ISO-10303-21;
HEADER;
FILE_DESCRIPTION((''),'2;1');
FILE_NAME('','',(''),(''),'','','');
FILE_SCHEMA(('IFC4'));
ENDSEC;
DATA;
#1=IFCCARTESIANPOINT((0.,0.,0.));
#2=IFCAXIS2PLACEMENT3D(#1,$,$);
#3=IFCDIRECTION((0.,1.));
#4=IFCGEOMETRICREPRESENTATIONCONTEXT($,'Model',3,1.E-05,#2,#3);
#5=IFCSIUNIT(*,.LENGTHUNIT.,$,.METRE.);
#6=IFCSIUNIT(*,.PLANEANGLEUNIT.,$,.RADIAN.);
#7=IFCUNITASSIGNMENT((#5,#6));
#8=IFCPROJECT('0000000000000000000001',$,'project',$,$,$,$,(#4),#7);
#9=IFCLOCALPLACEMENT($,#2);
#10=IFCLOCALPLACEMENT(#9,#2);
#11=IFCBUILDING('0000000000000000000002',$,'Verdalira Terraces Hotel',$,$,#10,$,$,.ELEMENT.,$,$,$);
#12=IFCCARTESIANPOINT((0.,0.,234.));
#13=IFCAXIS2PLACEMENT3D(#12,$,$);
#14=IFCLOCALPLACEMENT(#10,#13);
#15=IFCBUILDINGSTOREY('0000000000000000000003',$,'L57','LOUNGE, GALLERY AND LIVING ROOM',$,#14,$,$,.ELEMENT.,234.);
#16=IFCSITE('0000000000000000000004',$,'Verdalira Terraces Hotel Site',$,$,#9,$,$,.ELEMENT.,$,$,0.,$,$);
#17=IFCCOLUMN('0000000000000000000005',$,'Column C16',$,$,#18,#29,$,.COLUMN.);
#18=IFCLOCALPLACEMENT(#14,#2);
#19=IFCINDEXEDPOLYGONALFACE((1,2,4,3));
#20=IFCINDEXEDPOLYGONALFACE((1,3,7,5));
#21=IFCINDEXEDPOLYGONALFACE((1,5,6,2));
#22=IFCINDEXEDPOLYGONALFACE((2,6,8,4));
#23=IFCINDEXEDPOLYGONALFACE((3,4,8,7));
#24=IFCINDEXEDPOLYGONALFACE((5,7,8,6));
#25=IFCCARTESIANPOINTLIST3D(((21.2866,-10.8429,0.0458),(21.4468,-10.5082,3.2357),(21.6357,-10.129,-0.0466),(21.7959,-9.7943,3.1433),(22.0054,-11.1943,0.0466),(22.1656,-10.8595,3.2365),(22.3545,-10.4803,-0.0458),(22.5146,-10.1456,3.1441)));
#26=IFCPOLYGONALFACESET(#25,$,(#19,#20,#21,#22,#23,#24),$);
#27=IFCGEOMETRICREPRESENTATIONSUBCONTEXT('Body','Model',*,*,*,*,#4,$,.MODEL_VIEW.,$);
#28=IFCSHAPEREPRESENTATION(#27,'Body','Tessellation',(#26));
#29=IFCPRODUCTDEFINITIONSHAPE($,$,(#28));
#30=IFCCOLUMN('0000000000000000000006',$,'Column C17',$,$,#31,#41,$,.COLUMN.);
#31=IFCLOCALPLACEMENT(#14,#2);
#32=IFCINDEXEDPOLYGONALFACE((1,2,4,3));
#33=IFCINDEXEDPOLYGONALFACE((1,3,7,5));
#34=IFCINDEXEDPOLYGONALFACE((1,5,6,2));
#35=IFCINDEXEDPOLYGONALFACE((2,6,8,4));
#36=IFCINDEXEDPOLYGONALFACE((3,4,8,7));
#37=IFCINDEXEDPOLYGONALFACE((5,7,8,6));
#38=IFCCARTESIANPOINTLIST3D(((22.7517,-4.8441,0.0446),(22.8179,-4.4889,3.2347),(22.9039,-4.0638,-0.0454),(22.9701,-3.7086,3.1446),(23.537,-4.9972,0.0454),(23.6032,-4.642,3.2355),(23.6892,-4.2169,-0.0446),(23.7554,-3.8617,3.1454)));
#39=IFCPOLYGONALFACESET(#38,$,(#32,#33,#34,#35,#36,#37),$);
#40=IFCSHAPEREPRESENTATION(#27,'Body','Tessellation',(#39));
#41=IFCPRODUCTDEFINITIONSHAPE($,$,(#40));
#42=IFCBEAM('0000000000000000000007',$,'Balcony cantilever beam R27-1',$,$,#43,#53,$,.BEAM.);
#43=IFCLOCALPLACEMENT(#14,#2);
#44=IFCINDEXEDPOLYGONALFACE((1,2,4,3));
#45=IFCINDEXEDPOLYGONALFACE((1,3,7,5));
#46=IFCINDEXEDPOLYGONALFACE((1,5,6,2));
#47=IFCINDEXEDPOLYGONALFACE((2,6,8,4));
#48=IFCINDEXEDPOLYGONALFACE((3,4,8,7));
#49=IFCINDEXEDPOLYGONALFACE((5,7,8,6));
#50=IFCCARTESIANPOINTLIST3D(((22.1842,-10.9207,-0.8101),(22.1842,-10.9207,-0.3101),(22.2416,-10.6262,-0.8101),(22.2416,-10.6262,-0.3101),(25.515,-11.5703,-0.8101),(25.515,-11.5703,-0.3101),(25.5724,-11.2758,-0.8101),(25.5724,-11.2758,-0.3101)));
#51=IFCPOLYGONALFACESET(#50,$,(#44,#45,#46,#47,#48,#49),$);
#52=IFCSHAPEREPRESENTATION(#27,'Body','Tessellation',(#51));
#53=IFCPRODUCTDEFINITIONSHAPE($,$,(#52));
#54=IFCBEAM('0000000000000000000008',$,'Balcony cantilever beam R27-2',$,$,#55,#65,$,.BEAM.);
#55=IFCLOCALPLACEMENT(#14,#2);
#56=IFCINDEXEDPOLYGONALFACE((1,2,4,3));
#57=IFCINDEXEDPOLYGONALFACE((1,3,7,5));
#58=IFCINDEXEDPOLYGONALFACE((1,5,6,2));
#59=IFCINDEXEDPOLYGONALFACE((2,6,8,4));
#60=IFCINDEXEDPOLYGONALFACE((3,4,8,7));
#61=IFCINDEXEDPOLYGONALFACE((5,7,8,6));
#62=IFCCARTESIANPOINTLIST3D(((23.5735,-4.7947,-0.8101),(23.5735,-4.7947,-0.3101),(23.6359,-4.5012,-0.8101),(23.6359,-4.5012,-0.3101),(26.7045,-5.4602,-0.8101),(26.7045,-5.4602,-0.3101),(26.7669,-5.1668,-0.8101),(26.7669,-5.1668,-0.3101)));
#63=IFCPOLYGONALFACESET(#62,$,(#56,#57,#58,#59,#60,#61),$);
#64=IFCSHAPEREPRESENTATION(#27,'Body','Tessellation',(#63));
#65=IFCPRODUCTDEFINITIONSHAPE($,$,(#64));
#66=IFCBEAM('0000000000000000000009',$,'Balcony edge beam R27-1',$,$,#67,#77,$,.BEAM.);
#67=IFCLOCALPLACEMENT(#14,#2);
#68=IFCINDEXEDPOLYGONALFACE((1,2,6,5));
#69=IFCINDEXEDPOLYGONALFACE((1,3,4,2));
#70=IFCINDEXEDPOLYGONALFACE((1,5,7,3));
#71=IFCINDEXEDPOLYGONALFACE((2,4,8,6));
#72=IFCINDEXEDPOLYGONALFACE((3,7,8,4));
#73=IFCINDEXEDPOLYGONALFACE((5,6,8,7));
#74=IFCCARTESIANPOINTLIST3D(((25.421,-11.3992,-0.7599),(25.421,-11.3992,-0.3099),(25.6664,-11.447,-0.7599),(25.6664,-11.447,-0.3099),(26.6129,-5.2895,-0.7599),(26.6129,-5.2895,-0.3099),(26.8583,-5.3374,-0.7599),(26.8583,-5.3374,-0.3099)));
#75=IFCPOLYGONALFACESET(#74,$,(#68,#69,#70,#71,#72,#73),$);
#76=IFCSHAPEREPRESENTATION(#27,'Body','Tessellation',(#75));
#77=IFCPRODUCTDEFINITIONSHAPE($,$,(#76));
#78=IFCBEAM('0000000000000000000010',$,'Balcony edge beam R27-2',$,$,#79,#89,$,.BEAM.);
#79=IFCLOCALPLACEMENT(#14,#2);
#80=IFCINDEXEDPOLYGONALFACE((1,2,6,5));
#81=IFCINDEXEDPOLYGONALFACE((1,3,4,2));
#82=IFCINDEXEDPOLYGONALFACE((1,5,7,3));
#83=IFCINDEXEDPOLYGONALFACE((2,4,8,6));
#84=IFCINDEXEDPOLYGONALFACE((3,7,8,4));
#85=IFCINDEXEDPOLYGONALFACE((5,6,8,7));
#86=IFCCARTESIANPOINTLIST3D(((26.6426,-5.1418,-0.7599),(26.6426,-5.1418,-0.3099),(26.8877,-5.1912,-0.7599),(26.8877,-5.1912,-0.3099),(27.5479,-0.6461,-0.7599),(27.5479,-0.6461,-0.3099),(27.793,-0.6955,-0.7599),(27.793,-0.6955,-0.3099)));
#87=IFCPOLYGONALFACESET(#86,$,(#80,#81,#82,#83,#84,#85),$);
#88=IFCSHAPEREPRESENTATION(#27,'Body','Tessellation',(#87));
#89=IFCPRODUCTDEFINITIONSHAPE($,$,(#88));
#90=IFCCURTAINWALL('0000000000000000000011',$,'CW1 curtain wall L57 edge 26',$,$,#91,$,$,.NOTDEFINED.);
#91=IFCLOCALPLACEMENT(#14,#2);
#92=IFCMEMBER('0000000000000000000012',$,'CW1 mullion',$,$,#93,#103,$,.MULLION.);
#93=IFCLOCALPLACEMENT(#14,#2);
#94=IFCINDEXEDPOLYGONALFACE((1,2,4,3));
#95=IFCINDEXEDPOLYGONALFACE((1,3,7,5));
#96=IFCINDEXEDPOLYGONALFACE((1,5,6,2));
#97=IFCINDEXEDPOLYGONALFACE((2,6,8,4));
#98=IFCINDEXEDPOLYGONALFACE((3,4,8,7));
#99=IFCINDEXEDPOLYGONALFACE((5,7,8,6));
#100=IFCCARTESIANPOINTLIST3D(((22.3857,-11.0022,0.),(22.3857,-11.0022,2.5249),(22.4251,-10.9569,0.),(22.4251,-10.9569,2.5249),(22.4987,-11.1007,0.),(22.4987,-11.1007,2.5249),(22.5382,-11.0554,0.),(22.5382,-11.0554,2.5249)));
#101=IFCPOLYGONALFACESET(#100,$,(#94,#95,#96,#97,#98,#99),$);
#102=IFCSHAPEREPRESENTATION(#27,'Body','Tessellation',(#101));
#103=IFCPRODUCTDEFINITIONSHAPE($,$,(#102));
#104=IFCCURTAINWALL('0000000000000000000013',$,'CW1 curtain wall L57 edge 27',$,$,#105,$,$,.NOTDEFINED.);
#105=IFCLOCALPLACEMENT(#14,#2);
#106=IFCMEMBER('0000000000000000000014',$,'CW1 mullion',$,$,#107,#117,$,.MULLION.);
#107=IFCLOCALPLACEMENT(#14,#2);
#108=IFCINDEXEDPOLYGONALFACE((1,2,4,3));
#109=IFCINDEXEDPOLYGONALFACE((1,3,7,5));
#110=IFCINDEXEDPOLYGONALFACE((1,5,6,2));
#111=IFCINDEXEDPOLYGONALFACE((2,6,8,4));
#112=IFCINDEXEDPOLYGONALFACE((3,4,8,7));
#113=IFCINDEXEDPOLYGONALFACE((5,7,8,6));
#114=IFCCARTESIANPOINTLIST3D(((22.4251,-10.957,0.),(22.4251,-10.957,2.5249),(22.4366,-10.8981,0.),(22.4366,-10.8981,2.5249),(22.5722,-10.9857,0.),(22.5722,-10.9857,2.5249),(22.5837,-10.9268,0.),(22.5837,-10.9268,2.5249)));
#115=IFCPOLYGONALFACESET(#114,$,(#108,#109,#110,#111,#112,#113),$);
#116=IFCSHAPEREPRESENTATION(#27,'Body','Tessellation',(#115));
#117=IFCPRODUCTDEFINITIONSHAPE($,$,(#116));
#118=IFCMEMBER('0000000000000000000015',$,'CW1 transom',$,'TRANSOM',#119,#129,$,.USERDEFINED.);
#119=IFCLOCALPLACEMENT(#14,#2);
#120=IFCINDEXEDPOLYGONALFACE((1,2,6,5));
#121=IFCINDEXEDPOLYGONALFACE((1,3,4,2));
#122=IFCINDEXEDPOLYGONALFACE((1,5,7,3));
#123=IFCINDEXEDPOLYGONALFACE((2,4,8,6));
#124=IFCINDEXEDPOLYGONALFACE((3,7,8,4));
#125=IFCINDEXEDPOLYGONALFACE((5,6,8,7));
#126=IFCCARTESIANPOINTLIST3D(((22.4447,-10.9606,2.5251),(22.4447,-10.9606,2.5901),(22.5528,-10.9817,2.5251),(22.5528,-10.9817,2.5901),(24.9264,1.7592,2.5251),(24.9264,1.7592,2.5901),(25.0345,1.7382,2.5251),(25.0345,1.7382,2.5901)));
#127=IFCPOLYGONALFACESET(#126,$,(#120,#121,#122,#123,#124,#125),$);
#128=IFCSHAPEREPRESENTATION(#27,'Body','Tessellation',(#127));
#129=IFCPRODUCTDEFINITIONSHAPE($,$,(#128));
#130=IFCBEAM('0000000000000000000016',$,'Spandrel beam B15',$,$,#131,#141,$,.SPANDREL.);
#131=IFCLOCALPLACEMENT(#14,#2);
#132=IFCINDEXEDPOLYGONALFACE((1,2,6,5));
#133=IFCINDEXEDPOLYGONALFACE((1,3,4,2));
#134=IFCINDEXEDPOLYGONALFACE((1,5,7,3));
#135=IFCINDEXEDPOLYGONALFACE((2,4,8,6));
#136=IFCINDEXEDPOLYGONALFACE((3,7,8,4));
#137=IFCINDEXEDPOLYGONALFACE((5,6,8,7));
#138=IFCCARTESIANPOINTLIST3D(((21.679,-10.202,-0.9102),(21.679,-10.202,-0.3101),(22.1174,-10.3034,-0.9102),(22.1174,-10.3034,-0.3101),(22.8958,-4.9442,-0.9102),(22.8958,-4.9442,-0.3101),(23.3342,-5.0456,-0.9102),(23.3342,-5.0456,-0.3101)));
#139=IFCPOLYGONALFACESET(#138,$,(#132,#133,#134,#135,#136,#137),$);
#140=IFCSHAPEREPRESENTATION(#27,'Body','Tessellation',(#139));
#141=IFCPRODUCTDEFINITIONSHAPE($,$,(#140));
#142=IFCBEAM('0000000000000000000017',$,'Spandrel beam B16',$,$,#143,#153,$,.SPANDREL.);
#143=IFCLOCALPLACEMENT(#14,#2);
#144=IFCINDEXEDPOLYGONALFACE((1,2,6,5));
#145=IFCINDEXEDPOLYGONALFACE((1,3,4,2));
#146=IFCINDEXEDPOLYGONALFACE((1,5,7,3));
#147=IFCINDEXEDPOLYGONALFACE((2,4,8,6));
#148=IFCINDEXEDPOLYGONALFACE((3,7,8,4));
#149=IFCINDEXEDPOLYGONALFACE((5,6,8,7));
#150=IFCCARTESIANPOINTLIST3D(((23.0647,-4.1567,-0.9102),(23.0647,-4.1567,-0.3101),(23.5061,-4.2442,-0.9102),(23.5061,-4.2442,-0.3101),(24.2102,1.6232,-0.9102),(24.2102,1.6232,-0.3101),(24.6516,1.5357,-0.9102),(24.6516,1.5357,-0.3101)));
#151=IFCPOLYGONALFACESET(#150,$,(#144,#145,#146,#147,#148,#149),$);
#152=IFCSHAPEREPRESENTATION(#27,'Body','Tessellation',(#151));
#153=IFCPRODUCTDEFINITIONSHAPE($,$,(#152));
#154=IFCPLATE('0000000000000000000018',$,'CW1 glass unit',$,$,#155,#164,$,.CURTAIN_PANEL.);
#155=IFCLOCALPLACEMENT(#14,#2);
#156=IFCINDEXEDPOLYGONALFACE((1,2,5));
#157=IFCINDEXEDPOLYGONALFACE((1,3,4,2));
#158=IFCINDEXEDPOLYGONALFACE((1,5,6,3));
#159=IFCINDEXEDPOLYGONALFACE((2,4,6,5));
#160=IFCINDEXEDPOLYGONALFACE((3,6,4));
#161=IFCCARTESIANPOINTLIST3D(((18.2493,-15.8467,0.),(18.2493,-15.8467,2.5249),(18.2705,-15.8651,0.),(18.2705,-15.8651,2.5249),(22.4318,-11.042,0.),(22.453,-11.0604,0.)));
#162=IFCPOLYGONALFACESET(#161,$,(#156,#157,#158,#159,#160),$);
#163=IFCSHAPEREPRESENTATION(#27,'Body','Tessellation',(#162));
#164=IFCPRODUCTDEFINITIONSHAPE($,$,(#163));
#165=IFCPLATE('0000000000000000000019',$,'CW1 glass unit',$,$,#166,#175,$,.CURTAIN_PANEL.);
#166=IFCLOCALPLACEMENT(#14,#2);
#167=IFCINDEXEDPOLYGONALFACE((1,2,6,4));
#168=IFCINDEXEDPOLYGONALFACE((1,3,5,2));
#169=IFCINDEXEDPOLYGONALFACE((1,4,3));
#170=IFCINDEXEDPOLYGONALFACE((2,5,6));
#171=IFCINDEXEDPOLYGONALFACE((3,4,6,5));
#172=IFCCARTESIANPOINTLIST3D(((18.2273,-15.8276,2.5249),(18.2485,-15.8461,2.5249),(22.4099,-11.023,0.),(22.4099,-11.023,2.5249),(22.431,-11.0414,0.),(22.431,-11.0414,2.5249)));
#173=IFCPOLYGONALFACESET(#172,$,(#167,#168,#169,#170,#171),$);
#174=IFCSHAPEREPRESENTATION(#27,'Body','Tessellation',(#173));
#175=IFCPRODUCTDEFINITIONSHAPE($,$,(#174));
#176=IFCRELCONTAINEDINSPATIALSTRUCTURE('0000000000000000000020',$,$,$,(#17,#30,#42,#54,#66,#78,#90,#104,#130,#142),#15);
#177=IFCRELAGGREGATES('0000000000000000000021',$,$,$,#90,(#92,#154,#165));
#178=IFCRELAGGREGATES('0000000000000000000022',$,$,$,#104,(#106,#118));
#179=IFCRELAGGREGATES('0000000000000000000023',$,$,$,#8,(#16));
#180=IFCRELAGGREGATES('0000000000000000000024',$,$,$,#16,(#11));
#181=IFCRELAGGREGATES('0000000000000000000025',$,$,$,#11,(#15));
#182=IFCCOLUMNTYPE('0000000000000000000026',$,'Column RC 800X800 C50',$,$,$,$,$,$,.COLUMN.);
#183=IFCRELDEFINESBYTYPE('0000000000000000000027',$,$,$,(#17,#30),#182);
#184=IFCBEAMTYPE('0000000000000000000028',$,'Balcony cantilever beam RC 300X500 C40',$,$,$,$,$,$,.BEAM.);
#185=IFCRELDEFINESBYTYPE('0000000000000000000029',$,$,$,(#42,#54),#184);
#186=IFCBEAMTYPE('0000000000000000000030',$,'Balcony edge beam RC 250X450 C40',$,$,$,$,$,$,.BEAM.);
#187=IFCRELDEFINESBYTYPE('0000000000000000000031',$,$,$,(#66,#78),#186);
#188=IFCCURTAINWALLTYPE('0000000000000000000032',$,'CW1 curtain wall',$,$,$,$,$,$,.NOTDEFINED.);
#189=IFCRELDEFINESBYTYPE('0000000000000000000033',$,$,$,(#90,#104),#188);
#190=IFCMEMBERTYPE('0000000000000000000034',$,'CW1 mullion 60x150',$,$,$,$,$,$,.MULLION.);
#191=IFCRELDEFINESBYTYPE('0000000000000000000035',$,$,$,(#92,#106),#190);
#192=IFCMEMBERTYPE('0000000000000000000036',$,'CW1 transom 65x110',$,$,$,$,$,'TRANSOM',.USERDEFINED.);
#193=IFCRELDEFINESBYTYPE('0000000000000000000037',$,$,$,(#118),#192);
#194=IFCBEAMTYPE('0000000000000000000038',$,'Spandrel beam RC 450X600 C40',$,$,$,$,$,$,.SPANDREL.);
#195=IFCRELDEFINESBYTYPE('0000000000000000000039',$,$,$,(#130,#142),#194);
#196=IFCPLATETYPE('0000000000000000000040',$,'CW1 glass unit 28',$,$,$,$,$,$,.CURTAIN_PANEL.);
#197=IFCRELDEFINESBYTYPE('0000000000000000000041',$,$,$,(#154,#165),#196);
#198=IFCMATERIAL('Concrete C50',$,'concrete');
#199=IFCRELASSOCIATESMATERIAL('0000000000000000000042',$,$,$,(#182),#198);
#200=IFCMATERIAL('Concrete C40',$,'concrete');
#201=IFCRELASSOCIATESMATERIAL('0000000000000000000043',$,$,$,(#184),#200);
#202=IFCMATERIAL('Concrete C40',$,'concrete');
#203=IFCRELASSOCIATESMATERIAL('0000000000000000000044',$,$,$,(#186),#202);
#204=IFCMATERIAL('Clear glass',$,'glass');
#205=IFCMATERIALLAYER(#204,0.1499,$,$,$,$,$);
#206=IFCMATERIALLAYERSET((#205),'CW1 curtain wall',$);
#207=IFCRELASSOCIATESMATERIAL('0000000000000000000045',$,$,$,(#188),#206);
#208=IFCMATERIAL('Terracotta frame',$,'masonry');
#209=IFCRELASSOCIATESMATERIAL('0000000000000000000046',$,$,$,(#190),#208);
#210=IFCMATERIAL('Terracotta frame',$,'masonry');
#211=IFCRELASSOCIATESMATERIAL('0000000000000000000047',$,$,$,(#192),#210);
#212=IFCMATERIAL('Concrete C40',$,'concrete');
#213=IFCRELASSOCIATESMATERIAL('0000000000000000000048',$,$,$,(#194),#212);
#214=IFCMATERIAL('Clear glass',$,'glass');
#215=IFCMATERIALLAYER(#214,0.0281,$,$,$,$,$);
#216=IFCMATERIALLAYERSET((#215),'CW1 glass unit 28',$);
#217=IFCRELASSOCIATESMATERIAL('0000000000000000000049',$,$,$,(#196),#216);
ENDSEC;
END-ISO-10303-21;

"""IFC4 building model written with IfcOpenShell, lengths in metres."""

from ifc_helpers import new_model, si_unit, direction, frame, origin, origin_2d, place, context, subcontext, project, spatial, polyline, rectangle, outline, extrude, material, layer, layer_set, material_profile, profile_set, type_object, element, aggregate, save


model = new_model("IFC4")

# Units and contexts
model_context = context("Model", 3, precision=1e-05, world=origin(), true_north=direction((0.0, 1.0)))
body_context = subcontext(model_context, "Body", "Model", "MODEL_VIEW")
ifc_project = project(units=[si_unit("LENGTHUNIT", "METRE"), si_unit("PLANEANGLEUNIT", "RADIAN")], contexts=[model_context])

# Site, building, storey
site_placement = place(None, origin())
site = spatial("IfcSite", under=ifc_project, at=site_placement, Name="Verdalira Terraces Hotel Site", CompositionType="ELEMENT", RefElevation=0.0)
building_placement = place(site_placement, origin())
building = spatial("IfcBuilding", under=site, at=building_placement, Name="Verdalira Terraces Hotel", CompositionType="ELEMENT")
storey_placement = place(building_placement, frame((0.0, 0.0, 234.0)))
storey = spatial("IfcBuildingStorey", under=building, at=storey_placement, Name="L57", Description="LOUNGE, GALLERY AND LIVING ROOM", CompositionType="ELEMENT", Elevation=234.0)

# Columns
ifc_material_1 = material(Name="Concrete C50", Category="concrete")
ifc_material_profile_1 = material_profile(ifc_material_1, rectangle(XDim=0.8, YDim=0.8, at=origin_2d()), Name="RC 800X800")
ifc_profile_set_1 = profile_set([ifc_material_profile_1], Name="Concrete C50")
column_type = type_object("IfcColumnType", Name="Column RC 800X800 C50", PredefinedType="COLUMN", material=ifc_profile_set_1)
column_1_placement = place(storey_placement, frame((21.8206, -10.6616, 0.0), z_axis=(0.04987, 0.104226, 0.993303), x_axis=(-0.43632, -0.892343, 0.115539)))
element("IfcColumn", 1, at=column_1_placement, inside=storey, type_object=column_type, Name="Column C16", PredefinedType="COLUMN", context=body_context, shape_type="SweptSolid", body=[
    extrude(rectangle(XDim=0.8, YDim=0.8, at=origin_2d()), origin(), (0.0, 0.0, 1.0), 3.2114),
])
column_2_placement = place(storey_placement, frame((23.2205, -4.5305, 0.0), z_axis=(0.020609, 0.11065, 0.993646), x_axis=(0.190224, 0.975268, -0.112549)))
element("IfcColumn", 2, at=column_2_placement, inside=storey, type_object=column_type, Name="Column C17", PredefinedType="COLUMN", context=body_context, shape_type="SweptSolid", body=[
    extrude(rectangle(XDim=0.8, YDim=0.8, at=origin_2d()), origin(), (0.0, 0.0, 1.0), 3.2104),
])

# Beams
ifc_material_2 = material(Name="Concrete C40", Category="concrete")
ifc_material_profile_2 = material_profile(ifc_material_2, rectangle(XDim=0.3, YDim=0.5, at=origin_2d()), Name="RC 300X500")
ifc_profile_set_2 = profile_set([ifc_material_profile_2], Name="Concrete C40")
beam_type_1 = type_object("IfcBeamType", Name="Balcony cantilever beam RC 300X500 C40", PredefinedType="BEAM", material=ifc_profile_set_2)
beam_1_placement = place(storey_placement, frame((22.2129, -10.7734, -0.5601), z_axis=(0.981505, -0.191438, 0.0), x_axis=(0.191438, 0.981505, 0.0)))
element("IfcBeam", 3, at=beam_1_placement, inside=storey, type_object=beam_type_1, Name="Balcony cantilever beam R27-1", PredefinedType="BEAM", context=body_context, shape_type="SweptSolid", body=[
    extrude(rectangle(XDim=0.3, YDim=0.5, at=origin_2d()), origin(), (0.0, 0.0, 1.0), 3.3936),
])
beam_2_placement = place(storey_placement, frame((23.6047, -4.6479, -0.5601), z_axis=(0.978145, -0.207924, 0.0), x_axis=(0.207924, 0.978145, 0.0)))
element("IfcBeam", 4, at=beam_2_placement, inside=storey, type_object=beam_type_1, Name="Balcony cantilever beam R27-2", PredefinedType="BEAM", context=body_context, shape_type="SweptSolid", body=[
    extrude(rectangle(XDim=0.3, YDim=0.5, at=origin_2d()), origin(), (0.0, 0.0, 1.0), 3.2009),
])
ifc_material_3 = material(Name="Concrete C40", Category="concrete")
ifc_material_profile_3 = material_profile(ifc_material_3, rectangle(XDim=0.25, YDim=0.45, at=origin_2d()), Name="RC 250X450")
ifc_profile_set_3 = profile_set([ifc_material_profile_3], Name="Concrete C40")
beam_type_2 = type_object("IfcBeamType", Name="Balcony edge beam RC 250X450 C40", PredefinedType="BEAM", material=ifc_profile_set_3)
beam_3_placement = place(storey_placement, frame((25.5437, -11.4231, -0.5349), z_axis=(0.191475, 0.981497, 0.0), x_axis=(-0.981497, 0.191475, 0.0)))
element("IfcBeam", 5, at=beam_3_placement, inside=storey, type_object=beam_type_2, Name="Balcony edge beam R27-1", PredefinedType="BEAM", context=body_context, shape_type="SweptSolid", body=[
    extrude(rectangle(XDim=0.25, YDim=0.45, at=origin_2d()), origin(), (0.0, 0.0, 1.0), 6.2249),
])
beam_4_placement = place(storey_placement, frame((26.7651, -5.1665, -0.5349), z_axis=(0.197406, 0.980322, 0.0), x_axis=(-0.980322, 0.197406, 0.0)))
element("IfcBeam", 6, at=beam_4_placement, inside=storey, type_object=beam_type_2, Name="Balcony edge beam R27-2", PredefinedType="BEAM", context=body_context, shape_type="SweptSolid", body=[
    extrude(rectangle(XDim=0.25, YDim=0.45, at=origin_2d()), origin(), (0.0, 0.0, 1.0), 4.5859),
])

# Curtain wall, member
ifc_material_4 = material(Name="Clear glass", Category="glass")
ifc_layer_1 = layer(ifc_material_4, 0.1499)
ifc_layer_set_1 = layer_set([ifc_layer_1], Name="CW1 curtain wall")
curtain_wall_type = type_object("IfcCurtainWallType", Name="CW1 curtain wall", PredefinedType="NOTDEFINED", material=ifc_layer_set_1)
curtain_wall_1_placement = place(storey_placement, origin())
curtain_wall_1 = element("IfcCurtainWall", 7, at=curtain_wall_1_placement, inside=storey, type_object=curtain_wall_type, Name="CW1 curtain wall L57 edge 26", PredefinedType="NOTDEFINED")
ifc_material_5 = material(Name="Terracotta frame", Category="masonry")
ifc_material_profile_4 = material_profile(ifc_material_5, rectangle(XDim=0.0601, YDim=0.1499, at=origin_2d()), Name="MU 60x150")
ifc_profile_set_4 = profile_set([ifc_material_profile_4], Name="Terracotta frame")
member_type_1 = type_object("IfcMemberType", Name="CW1 mullion 60x150", PredefinedType="MULLION", material=ifc_profile_set_4)
member_1_placement = place(storey_placement, frame((22.4619, -11.0288, 0.0), z_axis=(0.0, 0.0, 1.0), x_axis=(0.656586, 0.754251, 0.0)))
member_1 = element("IfcMember", 8, at=member_1_placement, type_object=member_type_1, Name="CW1 mullion", PredefinedType="MULLION", context=body_context, shape_type="SweptSolid", body=[
    extrude(rectangle(XDim=0.0601, YDim=0.1499, at=origin_2d()), origin(), (0.0, 0.0, 1.0), 2.5249),
])

# Curtain wall, members
curtain_wall_2_placement = place(storey_placement, origin())
curtain_wall_2 = element("IfcCurtainWall", 9, at=curtain_wall_2_placement, inside=storey, type_object=curtain_wall_type, Name="CW1 curtain wall L57 edge 27", PredefinedType="NOTDEFINED")
member_2_placement = place(storey_placement, frame((22.5044, -10.9419, 0.0), z_axis=(0.0, 0.0, 1.0), x_axis=(0.191494, 0.981494, 0.0)))
member_2 = element("IfcMember", 10, at=member_2_placement, type_object=member_type_1, Name="CW1 mullion", PredefinedType="MULLION", context=body_context, shape_type="SweptSolid", body=[
    extrude(rectangle(XDim=0.0601, YDim=0.1499, at=origin_2d()), origin(), (0.0, 0.0, 1.0), 2.5249),
])
ifc_material_6 = material(Name="Terracotta frame", Category="masonry")
ifc_material_profile_5 = material_profile(ifc_material_6, rectangle(XDim=0.1101, YDim=0.0649, at=origin_2d()), Name="TR 65x110")
ifc_profile_set_5 = profile_set([ifc_material_profile_5], Name="Terracotta frame")
member_type_2 = type_object("IfcMemberType", Name="CW1 transom 65x110", ElementType="TRANSOM", PredefinedType="USERDEFINED", material=ifc_profile_set_5)
member_3_placement = place(storey_placement, frame((22.4988, -10.9712, 2.5576), z_axis=(0.191491, 0.981494, 0.0), x_axis=(-0.981494, 0.191491, 0.0)))
member_3 = element("IfcMember", 11, at=member_3_placement, type_object=member_type_2, Name="CW1 transom", ObjectType="TRANSOM", PredefinedType="USERDEFINED", context=body_context, shape_type="SweptSolid", body=[
    extrude(rectangle(XDim=0.1101, YDim=0.0649, at=origin_2d()), origin(), (0.0, 0.0, 1.0), 12.9597),
])

# Beams
ifc_material_7 = material(Name="Concrete C40", Category="concrete")
ifc_material_profile_6 = material_profile(ifc_material_7, rectangle(XDim=0.45, YDim=0.6001, at=origin_2d()), Name="RC 450X600")
ifc_profile_set_6 = profile_set([ifc_material_profile_6], Name="Concrete C40")
beam_type_3 = type_object("IfcBeamType", Name="Spandrel beam RC 450X600 C40", PredefinedType="SPANDREL", material=ifc_profile_set_6)
beam_5_placement = place(storey_placement, frame((21.8982, -10.2527, -0.6101), z_axis=(0.225467, 0.974251, 0.0), x_axis=(-0.974251, 0.225467, 0.0)))
element("IfcBeam", 12, at=beam_5_placement, inside=storey, type_object=beam_type_3, Name="Spandrel beam B15", PredefinedType="SPANDREL", context=body_context, shape_type="SweptSolid", body=[
    extrude(rectangle(XDim=0.45, YDim=0.6001, at=origin_2d()), origin(), (0.0, 0.0, 1.0), 5.3967),
])
beam_6_placement = place(storey_placement, frame((23.2854, -4.2004, -0.6101), z_axis=(0.194403, 0.980922, 0.0), x_axis=(-0.980922, 0.194403, 0.0)))
element("IfcBeam", 13, at=beam_6_placement, inside=storey, type_object=beam_type_3, Name="Spandrel beam B16", PredefinedType="SPANDREL", context=body_context, shape_type="SweptSolid", body=[
    extrude(rectangle(XDim=0.45, YDim=0.6001, at=origin_2d()), origin(), (0.0, 0.0, 1.0), 5.8923),
])

# Plates
ifc_material_8 = material(Name="Clear glass", Category="glass")
ifc_layer_2 = layer(ifc_material_8, 0.0281)
ifc_layer_set_2 = layer_set([ifc_layer_2], Name="CW1 glass unit 28")
plate_type = type_object("IfcPlateType", Name="CW1 glass unit 28", PredefinedType="CURTAIN_PANEL", material=ifc_layer_set_2)
plate_1_placement = place(storey_placement, frame((20.3406, -13.4443, 1.2625), z_axis=(0.754251, -0.656586, 0.0), x_axis=(0.656586, 0.754251, 0.0)))
plate_1 = element("IfcPlate", 14, at=plate_1_placement, type_object=plate_type, Name="CW1 glass unit", PredefinedType="CURTAIN_PANEL", context=body_context, shape_type="SweptSolid", body=[
    extrude(outline(polyline([(-3.1851, -1.2625), (3.1851, -1.2625), (-3.1851, 1.2625), (-3.1851, -1.2625)])), origin(), (0.0, 0.0, 1.0), 0.0281),
])
plate_2_placement = place(storey_placement, frame((20.3186, -13.4253, 1.2625), z_axis=(0.754251, -0.656586, 0.0), x_axis=(0.656586, 0.754251, 0.0)))
plate_2 = element("IfcPlate", 15, at=plate_2_placement, type_object=plate_type, Name="CW1 glass unit", PredefinedType="CURTAIN_PANEL", context=body_context, shape_type="SweptSolid", body=[
    extrude(outline(polyline([(3.1851, -1.2625), (3.1851, 1.2625), (-3.1851, 1.2625), (3.1851, -1.2625)])), origin(), (0.0, 0.0, 1.0), 0.0281),
])
aggregate(curtain_wall_1, [member_1, plate_1, plate_2])
aggregate(curtain_wall_2, [member_2, member_3])

save(model, "model.ifc")
